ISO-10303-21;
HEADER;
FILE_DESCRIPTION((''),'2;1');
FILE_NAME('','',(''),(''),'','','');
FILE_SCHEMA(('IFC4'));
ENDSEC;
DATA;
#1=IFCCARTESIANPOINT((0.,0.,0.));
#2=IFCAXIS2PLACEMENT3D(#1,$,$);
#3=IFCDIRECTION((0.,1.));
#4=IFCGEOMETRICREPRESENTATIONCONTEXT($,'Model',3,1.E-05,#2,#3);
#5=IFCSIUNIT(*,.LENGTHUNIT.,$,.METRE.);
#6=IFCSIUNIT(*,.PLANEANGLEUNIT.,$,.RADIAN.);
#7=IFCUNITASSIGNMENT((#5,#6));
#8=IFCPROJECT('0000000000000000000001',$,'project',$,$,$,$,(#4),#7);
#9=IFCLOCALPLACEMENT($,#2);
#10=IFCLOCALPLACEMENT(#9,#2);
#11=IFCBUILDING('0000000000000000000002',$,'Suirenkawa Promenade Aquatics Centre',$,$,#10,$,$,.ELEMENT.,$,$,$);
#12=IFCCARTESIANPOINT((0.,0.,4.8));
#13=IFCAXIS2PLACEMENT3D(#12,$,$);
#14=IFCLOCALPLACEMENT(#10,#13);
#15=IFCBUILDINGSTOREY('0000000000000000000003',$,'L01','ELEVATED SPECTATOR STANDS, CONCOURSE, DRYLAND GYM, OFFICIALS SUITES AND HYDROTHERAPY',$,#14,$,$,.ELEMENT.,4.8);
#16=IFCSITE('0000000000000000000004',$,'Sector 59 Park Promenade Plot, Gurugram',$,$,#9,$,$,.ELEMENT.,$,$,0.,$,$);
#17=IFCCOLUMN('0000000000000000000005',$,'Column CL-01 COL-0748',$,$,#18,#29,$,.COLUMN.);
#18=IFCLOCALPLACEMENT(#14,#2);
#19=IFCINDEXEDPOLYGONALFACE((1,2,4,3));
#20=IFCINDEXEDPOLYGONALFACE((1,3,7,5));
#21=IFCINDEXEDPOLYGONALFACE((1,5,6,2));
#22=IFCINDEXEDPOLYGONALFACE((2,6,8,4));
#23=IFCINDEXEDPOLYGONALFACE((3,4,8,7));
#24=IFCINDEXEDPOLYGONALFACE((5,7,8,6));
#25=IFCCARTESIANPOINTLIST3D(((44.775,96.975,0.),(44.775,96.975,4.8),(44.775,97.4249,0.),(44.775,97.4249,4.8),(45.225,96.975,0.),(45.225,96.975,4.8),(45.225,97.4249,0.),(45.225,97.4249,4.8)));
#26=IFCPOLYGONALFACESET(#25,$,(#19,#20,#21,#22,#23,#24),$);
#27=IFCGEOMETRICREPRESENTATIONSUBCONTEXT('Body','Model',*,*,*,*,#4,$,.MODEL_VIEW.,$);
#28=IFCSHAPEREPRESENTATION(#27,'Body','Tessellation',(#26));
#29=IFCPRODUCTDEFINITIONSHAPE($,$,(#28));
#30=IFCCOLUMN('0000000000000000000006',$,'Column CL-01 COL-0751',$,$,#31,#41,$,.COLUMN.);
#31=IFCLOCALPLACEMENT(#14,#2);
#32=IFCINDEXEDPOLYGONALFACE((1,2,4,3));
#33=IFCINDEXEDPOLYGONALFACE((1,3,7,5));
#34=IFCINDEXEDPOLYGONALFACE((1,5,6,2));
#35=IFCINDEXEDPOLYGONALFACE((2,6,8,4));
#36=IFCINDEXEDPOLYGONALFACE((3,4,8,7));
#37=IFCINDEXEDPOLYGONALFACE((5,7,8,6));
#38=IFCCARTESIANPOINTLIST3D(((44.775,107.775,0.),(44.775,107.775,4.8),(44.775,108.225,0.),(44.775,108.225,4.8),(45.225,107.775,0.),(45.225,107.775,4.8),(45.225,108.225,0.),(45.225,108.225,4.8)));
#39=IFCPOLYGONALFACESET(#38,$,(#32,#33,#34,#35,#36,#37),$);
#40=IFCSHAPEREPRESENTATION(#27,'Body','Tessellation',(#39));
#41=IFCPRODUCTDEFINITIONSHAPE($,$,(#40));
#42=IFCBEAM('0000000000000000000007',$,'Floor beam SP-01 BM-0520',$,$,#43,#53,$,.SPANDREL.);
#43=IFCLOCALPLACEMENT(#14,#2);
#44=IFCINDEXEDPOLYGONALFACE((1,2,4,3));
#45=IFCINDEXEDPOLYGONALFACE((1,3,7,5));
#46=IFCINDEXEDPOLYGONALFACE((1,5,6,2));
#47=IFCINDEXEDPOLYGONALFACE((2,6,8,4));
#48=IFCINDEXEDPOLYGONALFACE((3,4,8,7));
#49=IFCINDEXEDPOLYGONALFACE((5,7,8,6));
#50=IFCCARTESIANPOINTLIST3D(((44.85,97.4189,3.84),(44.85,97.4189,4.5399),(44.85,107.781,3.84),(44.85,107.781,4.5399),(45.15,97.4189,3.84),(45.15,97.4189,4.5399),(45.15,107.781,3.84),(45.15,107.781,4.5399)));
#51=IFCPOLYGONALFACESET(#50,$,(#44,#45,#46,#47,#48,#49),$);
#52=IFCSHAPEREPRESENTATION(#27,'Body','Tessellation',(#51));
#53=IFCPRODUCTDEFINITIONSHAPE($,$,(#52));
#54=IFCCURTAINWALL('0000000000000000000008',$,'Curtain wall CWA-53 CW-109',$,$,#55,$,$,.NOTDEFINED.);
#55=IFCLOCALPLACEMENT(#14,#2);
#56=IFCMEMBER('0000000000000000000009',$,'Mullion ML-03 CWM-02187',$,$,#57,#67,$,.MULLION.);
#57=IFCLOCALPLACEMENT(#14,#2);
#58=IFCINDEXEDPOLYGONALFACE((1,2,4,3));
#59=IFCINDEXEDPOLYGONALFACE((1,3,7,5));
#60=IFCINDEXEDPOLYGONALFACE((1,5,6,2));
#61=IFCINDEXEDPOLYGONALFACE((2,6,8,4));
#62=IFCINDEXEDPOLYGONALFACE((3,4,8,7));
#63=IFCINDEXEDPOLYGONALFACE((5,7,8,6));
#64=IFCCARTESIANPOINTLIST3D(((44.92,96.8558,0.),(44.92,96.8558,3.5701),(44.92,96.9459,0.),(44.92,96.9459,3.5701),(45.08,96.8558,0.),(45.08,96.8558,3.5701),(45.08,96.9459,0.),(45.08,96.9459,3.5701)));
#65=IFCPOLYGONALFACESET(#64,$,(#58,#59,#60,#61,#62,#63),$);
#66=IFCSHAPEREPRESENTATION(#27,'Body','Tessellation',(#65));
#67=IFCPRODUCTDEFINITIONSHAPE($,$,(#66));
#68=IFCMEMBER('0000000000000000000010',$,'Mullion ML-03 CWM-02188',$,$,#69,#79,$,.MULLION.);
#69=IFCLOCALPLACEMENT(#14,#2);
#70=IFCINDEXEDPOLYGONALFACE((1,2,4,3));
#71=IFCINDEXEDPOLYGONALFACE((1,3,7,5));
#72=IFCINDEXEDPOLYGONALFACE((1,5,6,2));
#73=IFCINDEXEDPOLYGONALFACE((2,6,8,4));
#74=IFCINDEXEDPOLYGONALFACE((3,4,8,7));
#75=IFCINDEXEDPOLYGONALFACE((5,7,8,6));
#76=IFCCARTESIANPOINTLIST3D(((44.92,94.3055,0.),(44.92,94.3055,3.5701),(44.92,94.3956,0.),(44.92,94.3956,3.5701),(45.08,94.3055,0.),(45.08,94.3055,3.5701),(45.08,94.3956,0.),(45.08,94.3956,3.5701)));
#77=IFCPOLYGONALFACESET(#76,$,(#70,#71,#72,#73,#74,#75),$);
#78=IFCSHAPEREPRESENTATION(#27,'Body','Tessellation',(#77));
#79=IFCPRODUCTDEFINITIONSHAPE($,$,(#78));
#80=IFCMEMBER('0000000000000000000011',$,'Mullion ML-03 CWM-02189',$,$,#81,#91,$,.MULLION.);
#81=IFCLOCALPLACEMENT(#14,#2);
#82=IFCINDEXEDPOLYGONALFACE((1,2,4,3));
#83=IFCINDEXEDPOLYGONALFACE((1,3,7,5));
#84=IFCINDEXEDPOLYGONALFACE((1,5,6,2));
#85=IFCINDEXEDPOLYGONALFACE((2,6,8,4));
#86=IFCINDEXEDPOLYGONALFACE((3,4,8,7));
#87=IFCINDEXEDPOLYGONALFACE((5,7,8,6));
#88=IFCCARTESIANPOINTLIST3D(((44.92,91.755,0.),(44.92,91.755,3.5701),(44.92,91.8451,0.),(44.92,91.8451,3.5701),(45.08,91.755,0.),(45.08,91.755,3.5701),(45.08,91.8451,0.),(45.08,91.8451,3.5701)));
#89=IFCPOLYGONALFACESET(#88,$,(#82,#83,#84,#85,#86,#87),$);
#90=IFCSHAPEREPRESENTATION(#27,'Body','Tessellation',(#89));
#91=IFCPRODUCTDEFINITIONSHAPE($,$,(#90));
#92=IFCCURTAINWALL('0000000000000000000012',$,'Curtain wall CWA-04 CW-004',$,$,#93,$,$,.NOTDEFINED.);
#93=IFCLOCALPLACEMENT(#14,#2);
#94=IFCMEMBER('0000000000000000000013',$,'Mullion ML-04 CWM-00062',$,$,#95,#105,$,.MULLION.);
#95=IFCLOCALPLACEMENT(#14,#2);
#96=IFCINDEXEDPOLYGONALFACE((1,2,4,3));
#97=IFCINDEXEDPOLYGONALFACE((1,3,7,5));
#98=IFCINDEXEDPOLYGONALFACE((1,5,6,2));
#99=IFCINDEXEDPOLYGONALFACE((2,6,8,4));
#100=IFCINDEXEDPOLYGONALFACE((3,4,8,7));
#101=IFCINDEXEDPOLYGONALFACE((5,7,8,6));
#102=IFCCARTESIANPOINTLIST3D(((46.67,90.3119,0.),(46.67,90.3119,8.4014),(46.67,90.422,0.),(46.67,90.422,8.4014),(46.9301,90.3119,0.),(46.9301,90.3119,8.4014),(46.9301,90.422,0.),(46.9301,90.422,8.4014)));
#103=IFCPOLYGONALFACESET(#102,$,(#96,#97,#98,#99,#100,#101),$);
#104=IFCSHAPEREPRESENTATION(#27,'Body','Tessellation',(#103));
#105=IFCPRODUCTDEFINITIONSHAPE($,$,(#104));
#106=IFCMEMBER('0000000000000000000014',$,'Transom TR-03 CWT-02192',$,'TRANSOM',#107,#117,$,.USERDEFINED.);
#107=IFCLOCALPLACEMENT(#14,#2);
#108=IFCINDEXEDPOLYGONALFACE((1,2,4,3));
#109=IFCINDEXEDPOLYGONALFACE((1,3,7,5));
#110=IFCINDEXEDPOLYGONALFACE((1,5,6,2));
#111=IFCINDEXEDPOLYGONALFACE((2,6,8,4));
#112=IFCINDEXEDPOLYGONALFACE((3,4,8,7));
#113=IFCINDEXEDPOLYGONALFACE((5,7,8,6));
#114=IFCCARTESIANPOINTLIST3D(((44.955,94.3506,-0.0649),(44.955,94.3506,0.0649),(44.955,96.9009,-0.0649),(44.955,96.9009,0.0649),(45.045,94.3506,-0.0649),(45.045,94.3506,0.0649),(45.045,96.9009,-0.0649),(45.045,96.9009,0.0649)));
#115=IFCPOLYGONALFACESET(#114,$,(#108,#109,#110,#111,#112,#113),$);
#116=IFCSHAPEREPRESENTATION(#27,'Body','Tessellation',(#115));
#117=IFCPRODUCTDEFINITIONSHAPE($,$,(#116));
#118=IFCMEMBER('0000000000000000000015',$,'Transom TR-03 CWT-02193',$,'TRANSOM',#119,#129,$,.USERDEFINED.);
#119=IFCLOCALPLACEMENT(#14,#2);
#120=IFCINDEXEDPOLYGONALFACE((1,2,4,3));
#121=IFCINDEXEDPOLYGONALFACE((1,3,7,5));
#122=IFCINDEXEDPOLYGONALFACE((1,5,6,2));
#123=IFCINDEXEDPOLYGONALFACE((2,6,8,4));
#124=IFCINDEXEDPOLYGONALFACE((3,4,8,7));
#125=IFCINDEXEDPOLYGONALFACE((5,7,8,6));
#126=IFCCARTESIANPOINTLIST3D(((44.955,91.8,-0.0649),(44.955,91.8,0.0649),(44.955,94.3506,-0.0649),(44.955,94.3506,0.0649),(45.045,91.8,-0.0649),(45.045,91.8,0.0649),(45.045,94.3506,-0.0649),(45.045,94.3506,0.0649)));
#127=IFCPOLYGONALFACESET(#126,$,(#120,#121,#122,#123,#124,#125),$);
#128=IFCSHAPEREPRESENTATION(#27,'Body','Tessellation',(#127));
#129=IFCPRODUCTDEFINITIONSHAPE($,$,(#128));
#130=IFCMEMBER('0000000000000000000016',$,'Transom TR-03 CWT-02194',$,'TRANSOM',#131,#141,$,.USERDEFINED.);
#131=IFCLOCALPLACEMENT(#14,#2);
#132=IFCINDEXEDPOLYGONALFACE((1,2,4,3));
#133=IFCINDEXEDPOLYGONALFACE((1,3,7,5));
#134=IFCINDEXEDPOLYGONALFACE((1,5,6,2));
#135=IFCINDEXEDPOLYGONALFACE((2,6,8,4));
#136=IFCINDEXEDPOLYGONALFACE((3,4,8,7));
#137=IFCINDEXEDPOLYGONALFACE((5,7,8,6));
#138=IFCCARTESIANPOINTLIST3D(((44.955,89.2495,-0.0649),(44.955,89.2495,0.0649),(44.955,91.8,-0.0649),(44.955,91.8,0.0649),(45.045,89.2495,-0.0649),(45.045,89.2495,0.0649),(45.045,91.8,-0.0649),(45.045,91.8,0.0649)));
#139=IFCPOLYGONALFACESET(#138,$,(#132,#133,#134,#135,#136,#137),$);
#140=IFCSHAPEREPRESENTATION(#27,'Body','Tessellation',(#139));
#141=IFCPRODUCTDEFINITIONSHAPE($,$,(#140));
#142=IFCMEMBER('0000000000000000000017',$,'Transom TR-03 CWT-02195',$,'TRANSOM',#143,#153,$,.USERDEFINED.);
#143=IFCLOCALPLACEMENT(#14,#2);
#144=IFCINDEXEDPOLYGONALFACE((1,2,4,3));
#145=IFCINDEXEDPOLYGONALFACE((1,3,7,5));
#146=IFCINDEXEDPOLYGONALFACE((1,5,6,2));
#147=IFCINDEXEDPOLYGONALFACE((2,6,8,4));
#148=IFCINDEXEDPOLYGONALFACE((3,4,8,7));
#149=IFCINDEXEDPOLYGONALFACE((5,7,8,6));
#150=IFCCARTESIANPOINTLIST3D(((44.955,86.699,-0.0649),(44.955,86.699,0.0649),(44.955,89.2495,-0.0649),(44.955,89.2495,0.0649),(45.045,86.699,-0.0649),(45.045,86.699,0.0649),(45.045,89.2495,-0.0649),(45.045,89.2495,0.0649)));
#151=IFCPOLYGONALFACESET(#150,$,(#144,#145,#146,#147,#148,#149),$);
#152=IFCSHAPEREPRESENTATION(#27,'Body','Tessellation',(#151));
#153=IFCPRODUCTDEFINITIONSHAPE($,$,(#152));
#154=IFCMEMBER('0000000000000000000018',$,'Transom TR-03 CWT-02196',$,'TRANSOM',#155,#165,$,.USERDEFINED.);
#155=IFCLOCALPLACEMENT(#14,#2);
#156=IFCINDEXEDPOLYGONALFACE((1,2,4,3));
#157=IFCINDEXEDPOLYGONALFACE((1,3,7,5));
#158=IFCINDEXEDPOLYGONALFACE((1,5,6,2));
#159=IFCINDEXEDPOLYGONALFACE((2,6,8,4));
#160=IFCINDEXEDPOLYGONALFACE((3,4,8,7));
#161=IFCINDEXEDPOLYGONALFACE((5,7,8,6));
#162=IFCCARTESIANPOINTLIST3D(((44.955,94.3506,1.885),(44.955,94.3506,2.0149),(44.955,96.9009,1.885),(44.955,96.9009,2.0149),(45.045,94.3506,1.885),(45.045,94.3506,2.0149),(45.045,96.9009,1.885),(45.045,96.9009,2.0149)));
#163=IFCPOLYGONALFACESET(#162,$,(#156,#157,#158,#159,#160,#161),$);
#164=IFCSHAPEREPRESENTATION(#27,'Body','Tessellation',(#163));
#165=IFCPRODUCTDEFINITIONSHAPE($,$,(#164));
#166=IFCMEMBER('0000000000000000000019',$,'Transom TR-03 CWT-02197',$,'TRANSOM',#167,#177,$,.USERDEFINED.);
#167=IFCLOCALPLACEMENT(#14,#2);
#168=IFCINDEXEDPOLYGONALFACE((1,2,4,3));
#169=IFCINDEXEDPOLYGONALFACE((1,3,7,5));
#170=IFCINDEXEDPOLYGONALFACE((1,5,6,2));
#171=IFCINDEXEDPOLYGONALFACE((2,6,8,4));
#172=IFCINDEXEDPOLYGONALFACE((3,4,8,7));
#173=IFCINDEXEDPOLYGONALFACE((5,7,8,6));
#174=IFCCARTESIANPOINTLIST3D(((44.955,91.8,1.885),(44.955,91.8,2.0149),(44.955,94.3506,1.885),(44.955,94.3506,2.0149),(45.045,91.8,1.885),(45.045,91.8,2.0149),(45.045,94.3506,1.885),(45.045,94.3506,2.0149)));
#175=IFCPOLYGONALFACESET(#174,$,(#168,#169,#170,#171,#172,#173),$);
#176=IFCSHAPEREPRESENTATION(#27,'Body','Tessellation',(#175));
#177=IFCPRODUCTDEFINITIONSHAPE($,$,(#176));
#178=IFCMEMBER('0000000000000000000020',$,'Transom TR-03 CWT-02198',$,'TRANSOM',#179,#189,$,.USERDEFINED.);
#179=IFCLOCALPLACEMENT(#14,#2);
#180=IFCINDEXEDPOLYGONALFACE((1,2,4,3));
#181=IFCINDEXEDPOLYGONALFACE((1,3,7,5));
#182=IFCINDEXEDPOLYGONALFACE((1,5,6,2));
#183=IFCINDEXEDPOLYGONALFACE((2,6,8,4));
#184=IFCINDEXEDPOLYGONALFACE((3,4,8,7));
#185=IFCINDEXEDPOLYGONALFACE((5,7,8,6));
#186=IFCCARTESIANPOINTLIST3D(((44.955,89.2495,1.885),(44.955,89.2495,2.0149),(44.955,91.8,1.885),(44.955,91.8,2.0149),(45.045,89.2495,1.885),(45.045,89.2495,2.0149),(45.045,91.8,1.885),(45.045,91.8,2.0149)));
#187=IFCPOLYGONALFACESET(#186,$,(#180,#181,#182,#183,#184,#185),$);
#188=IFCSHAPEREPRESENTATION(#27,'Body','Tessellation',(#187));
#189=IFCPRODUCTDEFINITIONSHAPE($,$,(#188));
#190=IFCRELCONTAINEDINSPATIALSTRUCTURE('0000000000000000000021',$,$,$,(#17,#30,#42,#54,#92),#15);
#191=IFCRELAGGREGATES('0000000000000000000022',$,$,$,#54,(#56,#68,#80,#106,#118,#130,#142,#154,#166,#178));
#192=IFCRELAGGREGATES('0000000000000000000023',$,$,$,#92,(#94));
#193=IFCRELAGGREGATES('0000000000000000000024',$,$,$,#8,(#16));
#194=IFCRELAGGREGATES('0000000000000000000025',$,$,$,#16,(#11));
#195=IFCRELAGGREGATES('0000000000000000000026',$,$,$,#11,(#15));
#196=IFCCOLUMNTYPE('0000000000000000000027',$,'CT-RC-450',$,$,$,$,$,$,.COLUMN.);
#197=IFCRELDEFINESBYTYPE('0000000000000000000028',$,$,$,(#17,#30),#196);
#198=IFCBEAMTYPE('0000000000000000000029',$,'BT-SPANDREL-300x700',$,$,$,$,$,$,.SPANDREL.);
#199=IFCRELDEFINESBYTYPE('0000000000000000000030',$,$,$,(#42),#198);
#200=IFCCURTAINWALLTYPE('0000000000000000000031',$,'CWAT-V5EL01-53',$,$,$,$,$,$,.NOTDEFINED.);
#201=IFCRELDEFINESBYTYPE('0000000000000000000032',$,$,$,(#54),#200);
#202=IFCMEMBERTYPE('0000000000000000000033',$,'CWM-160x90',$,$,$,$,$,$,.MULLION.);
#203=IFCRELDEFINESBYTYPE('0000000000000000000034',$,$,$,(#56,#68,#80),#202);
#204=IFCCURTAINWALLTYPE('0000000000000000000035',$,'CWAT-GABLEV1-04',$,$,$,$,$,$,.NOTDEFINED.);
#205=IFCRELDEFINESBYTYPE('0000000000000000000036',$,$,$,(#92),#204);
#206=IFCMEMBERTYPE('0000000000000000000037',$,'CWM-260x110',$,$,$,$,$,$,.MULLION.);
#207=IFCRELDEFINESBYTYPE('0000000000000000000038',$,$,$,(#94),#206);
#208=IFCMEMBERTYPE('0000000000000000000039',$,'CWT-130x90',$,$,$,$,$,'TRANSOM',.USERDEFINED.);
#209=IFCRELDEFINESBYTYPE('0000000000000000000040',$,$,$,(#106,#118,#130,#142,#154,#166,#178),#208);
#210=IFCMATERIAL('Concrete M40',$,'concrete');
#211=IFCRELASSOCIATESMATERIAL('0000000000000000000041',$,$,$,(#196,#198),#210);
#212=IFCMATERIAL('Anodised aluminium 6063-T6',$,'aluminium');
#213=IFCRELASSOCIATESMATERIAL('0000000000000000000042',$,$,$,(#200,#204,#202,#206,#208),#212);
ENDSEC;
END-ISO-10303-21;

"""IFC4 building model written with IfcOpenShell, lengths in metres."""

from ifc_helpers import new_model, si_unit, direction, frame, origin, origin_2d, place, context, subcontext, project, spatial, rectangle, extrude, material, material_profile, profile_set, type_object, element, aggregate, save


model = new_model("IFC4")

# Units and contexts
model_context = context("Model", 3, precision=1e-05, world=origin(), true_north=direction((0.0, 1.0)))
body_context = subcontext(model_context, "Body", "Model", "MODEL_VIEW")
ifc_project = project(units=[si_unit("LENGTHUNIT", "METRE"), si_unit("PLANEANGLEUNIT", "RADIAN")], contexts=[model_context])

# Site, building, storey
site_placement = place(None, origin())
site = spatial("IfcSite", under=ifc_project, at=site_placement, Name="Sector 59 Park Promenade Plot, Gurugram", CompositionType="ELEMENT", RefElevation=0.0)
building_placement = place(site_placement, origin())
building = spatial("IfcBuilding", under=site, at=building_placement, Name="Suirenkawa Promenade Aquatics Centre", CompositionType="ELEMENT")
storey_placement = place(building_placement, frame((0.0, 0.0, 4.8)))
storey = spatial("IfcBuildingStorey", under=building, at=storey_placement, Name="L01", Description="ELEVATED SPECTATOR STANDS, CONCOURSE, DRYLAND GYM, OFFICIALS SUITES AND HYDROTHERAPY", CompositionType="ELEMENT", Elevation=4.8)

# Columns
ifc_material_1 = material(Name="Concrete M40", Category="concrete")
ifc_material_profile_1 = material_profile(ifc_material_1, rectangle(XDim=0.45, YDim=0.45, at=origin_2d()), Name="RC COL 450x450", Category="concrete")
ifc_profile_set_1 = profile_set([ifc_material_profile_1], Name="Concrete M40")
column_type = type_object("IfcColumnType", Name="CT-RC-450", PredefinedType="COLUMN", material=ifc_profile_set_1)
for number, where, z_axis, x_axis, name in (
    (1, (45.0, 97.2, 0.0), (0.0, 0.0, 1.0), (1.0, 0.0, 0.0), "Column CL-01 COL-0748"),
    (2, (45.0, 108.0, 0.0), (0.0, 0.0, 1.0), (1.0, 0.0, 0.0), "Column CL-01 COL-0751"),
):
    element("IfcColumn", number, at=place(storey_placement, frame(where, z_axis=z_axis, x_axis=x_axis)), inside=storey, type_object=column_type, Name=name, PredefinedType="COLUMN", context=body_context, shape_type="SweptSolid", body=[
        extrude(rectangle(XDim=0.45, YDim=0.45, at=origin_2d()), origin(), (0.0, 0.0, 1.0), 4.8),
    ])

# Beam
ifc_material_profile_2 = material_profile(ifc_material_1, rectangle(XDim=0.3, YDim=0.7, at=origin_2d()), Name="RC SPANDREL 300x700", Category="concrete")
ifc_profile_set_2 = profile_set([ifc_material_profile_2], Name="Concrete M40")
beam_type = type_object("IfcBeamType", Name="BT-SPANDREL-300x700", PredefinedType="SPANDREL", material=ifc_profile_set_2)
beam_placement = place(storey_placement, frame((45.0, 97.4189, 4.1899), z_axis=(0.0, 1.0, 0.0), x_axis=(-1.0, 0.0, 0.0)))
element("IfcBeam", 3, at=beam_placement, inside=storey, type_object=beam_type, Name="Floor beam SP-01 BM-0520", PredefinedType="SPANDREL", context=body_context, shape_type="SweptSolid", body=[
    extrude(rectangle(XDim=0.3, YDim=0.7, at=origin_2d()), origin(), (0.0, 0.0, 1.0), 10.3621),
])

# Curtain wall, members
ifc_material_2 = material(Name="Anodised aluminium 6063-T6", Category="aluminium")
curtain_wall_type_1 = type_object("IfcCurtainWallType", Name="CWAT-V5EL01-53", PredefinedType="NOTDEFINED", material=ifc_material_2)
curtain_wall_1_placement = place(storey_placement, origin())
curtain_wall_1 = element("IfcCurtainWall", 4, at=curtain_wall_1_placement, inside=storey, type_object=curtain_wall_type_1, Name="Curtain wall CWA-53 CW-109", PredefinedType="NOTDEFINED")
ifc_material_profile_3 = material_profile(ifc_material_2, rectangle(XDim=0.0901, YDim=0.1599, at=origin_2d()), Name="ALU MULL 90x160", Category="aluminium")
ifc_profile_set_3 = profile_set([ifc_material_profile_3], Name="Anodised aluminium 6063-T6")
member_type_1 = type_object("IfcMemberType", Name="CWM-160x90", PredefinedType="MULLION", material=ifc_profile_set_3)
member_1_placement = place(storey_placement, frame((45.0, 96.9009, 0.0), z_axis=(0.0, 0.0, 1.0), x_axis=(0.0, -1.0, 0.0)))
member_1 = element("IfcMember", 5, at=member_1_placement, type_object=member_type_1, Name="Mullion ML-03 CWM-02187", PredefinedType="MULLION", context=body_context, shape_type="SweptSolid", body=[
    extrude(rectangle(XDim=0.0901, YDim=0.1599, at=origin_2d()), origin(), (0.0, 0.0, 1.0), 3.5701),
])
member_2_placement = place(storey_placement, frame((45.0, 94.3506, 0.0), z_axis=(0.0, 0.0, 1.0), x_axis=(0.0, -1.0, 0.0)))
member_2 = element("IfcMember", 6, at=member_2_placement, type_object=member_type_1, Name="Mullion ML-03 CWM-02188", PredefinedType="MULLION", context=body_context, shape_type="SweptSolid", body=[
    extrude(rectangle(XDim=0.0901, YDim=0.1599, at=origin_2d()), origin(), (0.0, 0.0, 1.0), 3.5701),
])
member_3_placement = place(storey_placement, frame((45.0, 91.8, 0.0), z_axis=(0.0, 0.0, 1.0), x_axis=(0.0, -1.0, 0.0)))
member_3 = element("IfcMember", 7, at=member_3_placement, type_object=member_type_1, Name="Mullion ML-03 CWM-02189", PredefinedType="MULLION", context=body_context, shape_type="SweptSolid", body=[
    extrude(rectangle(XDim=0.0901, YDim=0.1599, at=origin_2d()), origin(), (0.0, 0.0, 1.0), 3.5701),
])

# Curtain wall, member
curtain_wall_type_2 = type_object("IfcCurtainWallType", Name="CWAT-GABLEV1-04", PredefinedType="NOTDEFINED", material=ifc_material_2)
curtain_wall_2_placement = place(storey_placement, origin())
curtain_wall_2 = element("IfcCurtainWall", 8, at=curtain_wall_2_placement, inside=storey, type_object=curtain_wall_type_2, Name="Curtain wall CWA-04 CW-004", PredefinedType="NOTDEFINED")
ifc_material_profile_4 = material_profile(ifc_material_2, rectangle(XDim=0.1101, YDim=0.26, at=origin_2d()), Name="ALU MULL 110x260", Category="aluminium")
ifc_profile_set_4 = profile_set([ifc_material_profile_4], Name="Anodised aluminium 6063-T6")
member_type_2 = type_object("IfcMemberType", Name="CWM-260x110", PredefinedType="MULLION", material=ifc_profile_set_4)
member_4_placement = place(storey_placement, frame((46.8, 90.3669, 0.0), z_axis=(0.0, 0.0, 1.0), x_axis=(0.0, 1.0, 0.0)))
member_4 = element("IfcMember", 9, at=member_4_placement, type_object=member_type_2, Name="Mullion ML-04 CWM-00062", PredefinedType="MULLION", context=body_context, shape_type="SweptSolid", body=[
    extrude(rectangle(XDim=0.1101, YDim=0.26, at=origin_2d()), origin(), (0.0, 0.0, 1.0), 8.4014),
])

# Members
ifc_material_profile_5 = material_profile(ifc_material_2, rectangle(XDim=0.0901, YDim=0.1299, at=origin_2d()), Name="ALU TRAN 90x130", Category="aluminium")
ifc_profile_set_5 = profile_set([ifc_material_profile_5], Name="Anodised aluminium 6063-T6")
member_type_3 = type_object("IfcMemberType", Name="CWT-130x90", ElementType="TRANSOM", PredefinedType="USERDEFINED", material=ifc_profile_set_5)
member_5_placement = place(storey_placement, frame((45.0, 96.9009, 0.0), z_axis=(0.0, -1.0, 0.0), x_axis=(1.0, 0.0, 0.0)))
member_5 = element("IfcMember", 10, at=member_5_placement, type_object=member_type_3, Name="Transom TR-03 CWT-02192", ObjectType="TRANSOM", PredefinedType="USERDEFINED", context=body_context, shape_type="SweptSolid", body=[
    extrude(rectangle(XDim=0.0901, YDim=0.1299, at=origin_2d()), origin(), (0.0, 0.0, 1.0), 2.5503),
])
member_6_placement = place(storey_placement, frame((45.0, 94.3506, 0.0), z_axis=(0.0, -1.0, 0.0), x_axis=(1.0, 0.0, 0.0)))
member_6 = element("IfcMember", 11, at=member_6_placement, type_object=member_type_3, Name="Transom TR-03 CWT-02193", ObjectType="TRANSOM", PredefinedType="USERDEFINED", context=body_context, shape_type="SweptSolid", body=[
    extrude(rectangle(XDim=0.0901, YDim=0.1299, at=origin_2d()), origin(), (0.0, 0.0, 1.0), 2.5505),
])
member_7_placement = place(storey_placement, frame((45.0, 91.8, 0.0), z_axis=(0.0, -1.0, 0.0), x_axis=(1.0, 0.0, 0.0)))
member_7 = element("IfcMember", 12, at=member_7_placement, type_object=member_type_3, Name="Transom TR-03 CWT-02194", ObjectType="TRANSOM", PredefinedType="USERDEFINED", context=body_context, shape_type="SweptSolid", body=[
    extrude(rectangle(XDim=0.0901, YDim=0.1299, at=origin_2d()), origin(), (0.0, 0.0, 1.0), 2.5505),
])
member_8_placement = place(storey_placement, frame((45.0, 89.2495, 0.0), z_axis=(0.0, -1.0, 0.0), x_axis=(1.0, 0.0, 0.0)))
member_8 = element("IfcMember", 13, at=member_8_placement, type_object=member_type_3, Name="Transom TR-03 CWT-02195", ObjectType="TRANSOM", PredefinedType="USERDEFINED", context=body_context, shape_type="SweptSolid", body=[
    extrude(rectangle(XDim=0.0901, YDim=0.1299, at=origin_2d()), origin(), (0.0, 0.0, 1.0), 2.5505),
])
member_9_placement = place(storey_placement, frame((45.0, 96.9009, 1.95), z_axis=(0.0, -1.0, 0.0), x_axis=(1.0, 0.0, 0.0)))
member_9 = element("IfcMember", 14, at=member_9_placement, type_object=member_type_3, Name="Transom TR-03 CWT-02196", ObjectType="TRANSOM", PredefinedType="USERDEFINED", context=body_context, shape_type="SweptSolid", body=[
    extrude(rectangle(XDim=0.0901, YDim=0.1299, at=origin_2d()), origin(), (0.0, 0.0, 1.0), 2.5503),
])
member_10_placement = place(storey_placement, frame((45.0, 94.3506, 1.95), z_axis=(0.0, -1.0, 0.0), x_axis=(1.0, 0.0, 0.0)))
member_10 = element("IfcMember", 15, at=member_10_placement, type_object=member_type_3, Name="Transom TR-03 CWT-02197", ObjectType="TRANSOM", PredefinedType="USERDEFINED", context=body_context, shape_type="SweptSolid", body=[
    extrude(rectangle(XDim=0.0901, YDim=0.1299, at=origin_2d()), origin(), (0.0, 0.0, 1.0), 2.5505),
])
member_11_placement = place(storey_placement, frame((45.0, 91.8, 1.95), z_axis=(0.0, -1.0, 0.0), x_axis=(1.0, 0.0, 0.0)))
member_11 = element("IfcMember", 16, at=member_11_placement, type_object=member_type_3, Name="Transom TR-03 CWT-02198", ObjectType="TRANSOM", PredefinedType="USERDEFINED", context=body_context, shape_type="SweptSolid", body=[
    extrude(rectangle(XDim=0.0901, YDim=0.1299, at=origin_2d()), origin(), (0.0, 0.0, 1.0), 2.5505),
])

aggregate(curtain_wall_1, [member_1, member_2, member_3, member_5, member_6, member_7, member_8, member_9, member_10, member_11])
aggregate(curtain_wall_2, [member_4])

save(model, "model.ifc")
